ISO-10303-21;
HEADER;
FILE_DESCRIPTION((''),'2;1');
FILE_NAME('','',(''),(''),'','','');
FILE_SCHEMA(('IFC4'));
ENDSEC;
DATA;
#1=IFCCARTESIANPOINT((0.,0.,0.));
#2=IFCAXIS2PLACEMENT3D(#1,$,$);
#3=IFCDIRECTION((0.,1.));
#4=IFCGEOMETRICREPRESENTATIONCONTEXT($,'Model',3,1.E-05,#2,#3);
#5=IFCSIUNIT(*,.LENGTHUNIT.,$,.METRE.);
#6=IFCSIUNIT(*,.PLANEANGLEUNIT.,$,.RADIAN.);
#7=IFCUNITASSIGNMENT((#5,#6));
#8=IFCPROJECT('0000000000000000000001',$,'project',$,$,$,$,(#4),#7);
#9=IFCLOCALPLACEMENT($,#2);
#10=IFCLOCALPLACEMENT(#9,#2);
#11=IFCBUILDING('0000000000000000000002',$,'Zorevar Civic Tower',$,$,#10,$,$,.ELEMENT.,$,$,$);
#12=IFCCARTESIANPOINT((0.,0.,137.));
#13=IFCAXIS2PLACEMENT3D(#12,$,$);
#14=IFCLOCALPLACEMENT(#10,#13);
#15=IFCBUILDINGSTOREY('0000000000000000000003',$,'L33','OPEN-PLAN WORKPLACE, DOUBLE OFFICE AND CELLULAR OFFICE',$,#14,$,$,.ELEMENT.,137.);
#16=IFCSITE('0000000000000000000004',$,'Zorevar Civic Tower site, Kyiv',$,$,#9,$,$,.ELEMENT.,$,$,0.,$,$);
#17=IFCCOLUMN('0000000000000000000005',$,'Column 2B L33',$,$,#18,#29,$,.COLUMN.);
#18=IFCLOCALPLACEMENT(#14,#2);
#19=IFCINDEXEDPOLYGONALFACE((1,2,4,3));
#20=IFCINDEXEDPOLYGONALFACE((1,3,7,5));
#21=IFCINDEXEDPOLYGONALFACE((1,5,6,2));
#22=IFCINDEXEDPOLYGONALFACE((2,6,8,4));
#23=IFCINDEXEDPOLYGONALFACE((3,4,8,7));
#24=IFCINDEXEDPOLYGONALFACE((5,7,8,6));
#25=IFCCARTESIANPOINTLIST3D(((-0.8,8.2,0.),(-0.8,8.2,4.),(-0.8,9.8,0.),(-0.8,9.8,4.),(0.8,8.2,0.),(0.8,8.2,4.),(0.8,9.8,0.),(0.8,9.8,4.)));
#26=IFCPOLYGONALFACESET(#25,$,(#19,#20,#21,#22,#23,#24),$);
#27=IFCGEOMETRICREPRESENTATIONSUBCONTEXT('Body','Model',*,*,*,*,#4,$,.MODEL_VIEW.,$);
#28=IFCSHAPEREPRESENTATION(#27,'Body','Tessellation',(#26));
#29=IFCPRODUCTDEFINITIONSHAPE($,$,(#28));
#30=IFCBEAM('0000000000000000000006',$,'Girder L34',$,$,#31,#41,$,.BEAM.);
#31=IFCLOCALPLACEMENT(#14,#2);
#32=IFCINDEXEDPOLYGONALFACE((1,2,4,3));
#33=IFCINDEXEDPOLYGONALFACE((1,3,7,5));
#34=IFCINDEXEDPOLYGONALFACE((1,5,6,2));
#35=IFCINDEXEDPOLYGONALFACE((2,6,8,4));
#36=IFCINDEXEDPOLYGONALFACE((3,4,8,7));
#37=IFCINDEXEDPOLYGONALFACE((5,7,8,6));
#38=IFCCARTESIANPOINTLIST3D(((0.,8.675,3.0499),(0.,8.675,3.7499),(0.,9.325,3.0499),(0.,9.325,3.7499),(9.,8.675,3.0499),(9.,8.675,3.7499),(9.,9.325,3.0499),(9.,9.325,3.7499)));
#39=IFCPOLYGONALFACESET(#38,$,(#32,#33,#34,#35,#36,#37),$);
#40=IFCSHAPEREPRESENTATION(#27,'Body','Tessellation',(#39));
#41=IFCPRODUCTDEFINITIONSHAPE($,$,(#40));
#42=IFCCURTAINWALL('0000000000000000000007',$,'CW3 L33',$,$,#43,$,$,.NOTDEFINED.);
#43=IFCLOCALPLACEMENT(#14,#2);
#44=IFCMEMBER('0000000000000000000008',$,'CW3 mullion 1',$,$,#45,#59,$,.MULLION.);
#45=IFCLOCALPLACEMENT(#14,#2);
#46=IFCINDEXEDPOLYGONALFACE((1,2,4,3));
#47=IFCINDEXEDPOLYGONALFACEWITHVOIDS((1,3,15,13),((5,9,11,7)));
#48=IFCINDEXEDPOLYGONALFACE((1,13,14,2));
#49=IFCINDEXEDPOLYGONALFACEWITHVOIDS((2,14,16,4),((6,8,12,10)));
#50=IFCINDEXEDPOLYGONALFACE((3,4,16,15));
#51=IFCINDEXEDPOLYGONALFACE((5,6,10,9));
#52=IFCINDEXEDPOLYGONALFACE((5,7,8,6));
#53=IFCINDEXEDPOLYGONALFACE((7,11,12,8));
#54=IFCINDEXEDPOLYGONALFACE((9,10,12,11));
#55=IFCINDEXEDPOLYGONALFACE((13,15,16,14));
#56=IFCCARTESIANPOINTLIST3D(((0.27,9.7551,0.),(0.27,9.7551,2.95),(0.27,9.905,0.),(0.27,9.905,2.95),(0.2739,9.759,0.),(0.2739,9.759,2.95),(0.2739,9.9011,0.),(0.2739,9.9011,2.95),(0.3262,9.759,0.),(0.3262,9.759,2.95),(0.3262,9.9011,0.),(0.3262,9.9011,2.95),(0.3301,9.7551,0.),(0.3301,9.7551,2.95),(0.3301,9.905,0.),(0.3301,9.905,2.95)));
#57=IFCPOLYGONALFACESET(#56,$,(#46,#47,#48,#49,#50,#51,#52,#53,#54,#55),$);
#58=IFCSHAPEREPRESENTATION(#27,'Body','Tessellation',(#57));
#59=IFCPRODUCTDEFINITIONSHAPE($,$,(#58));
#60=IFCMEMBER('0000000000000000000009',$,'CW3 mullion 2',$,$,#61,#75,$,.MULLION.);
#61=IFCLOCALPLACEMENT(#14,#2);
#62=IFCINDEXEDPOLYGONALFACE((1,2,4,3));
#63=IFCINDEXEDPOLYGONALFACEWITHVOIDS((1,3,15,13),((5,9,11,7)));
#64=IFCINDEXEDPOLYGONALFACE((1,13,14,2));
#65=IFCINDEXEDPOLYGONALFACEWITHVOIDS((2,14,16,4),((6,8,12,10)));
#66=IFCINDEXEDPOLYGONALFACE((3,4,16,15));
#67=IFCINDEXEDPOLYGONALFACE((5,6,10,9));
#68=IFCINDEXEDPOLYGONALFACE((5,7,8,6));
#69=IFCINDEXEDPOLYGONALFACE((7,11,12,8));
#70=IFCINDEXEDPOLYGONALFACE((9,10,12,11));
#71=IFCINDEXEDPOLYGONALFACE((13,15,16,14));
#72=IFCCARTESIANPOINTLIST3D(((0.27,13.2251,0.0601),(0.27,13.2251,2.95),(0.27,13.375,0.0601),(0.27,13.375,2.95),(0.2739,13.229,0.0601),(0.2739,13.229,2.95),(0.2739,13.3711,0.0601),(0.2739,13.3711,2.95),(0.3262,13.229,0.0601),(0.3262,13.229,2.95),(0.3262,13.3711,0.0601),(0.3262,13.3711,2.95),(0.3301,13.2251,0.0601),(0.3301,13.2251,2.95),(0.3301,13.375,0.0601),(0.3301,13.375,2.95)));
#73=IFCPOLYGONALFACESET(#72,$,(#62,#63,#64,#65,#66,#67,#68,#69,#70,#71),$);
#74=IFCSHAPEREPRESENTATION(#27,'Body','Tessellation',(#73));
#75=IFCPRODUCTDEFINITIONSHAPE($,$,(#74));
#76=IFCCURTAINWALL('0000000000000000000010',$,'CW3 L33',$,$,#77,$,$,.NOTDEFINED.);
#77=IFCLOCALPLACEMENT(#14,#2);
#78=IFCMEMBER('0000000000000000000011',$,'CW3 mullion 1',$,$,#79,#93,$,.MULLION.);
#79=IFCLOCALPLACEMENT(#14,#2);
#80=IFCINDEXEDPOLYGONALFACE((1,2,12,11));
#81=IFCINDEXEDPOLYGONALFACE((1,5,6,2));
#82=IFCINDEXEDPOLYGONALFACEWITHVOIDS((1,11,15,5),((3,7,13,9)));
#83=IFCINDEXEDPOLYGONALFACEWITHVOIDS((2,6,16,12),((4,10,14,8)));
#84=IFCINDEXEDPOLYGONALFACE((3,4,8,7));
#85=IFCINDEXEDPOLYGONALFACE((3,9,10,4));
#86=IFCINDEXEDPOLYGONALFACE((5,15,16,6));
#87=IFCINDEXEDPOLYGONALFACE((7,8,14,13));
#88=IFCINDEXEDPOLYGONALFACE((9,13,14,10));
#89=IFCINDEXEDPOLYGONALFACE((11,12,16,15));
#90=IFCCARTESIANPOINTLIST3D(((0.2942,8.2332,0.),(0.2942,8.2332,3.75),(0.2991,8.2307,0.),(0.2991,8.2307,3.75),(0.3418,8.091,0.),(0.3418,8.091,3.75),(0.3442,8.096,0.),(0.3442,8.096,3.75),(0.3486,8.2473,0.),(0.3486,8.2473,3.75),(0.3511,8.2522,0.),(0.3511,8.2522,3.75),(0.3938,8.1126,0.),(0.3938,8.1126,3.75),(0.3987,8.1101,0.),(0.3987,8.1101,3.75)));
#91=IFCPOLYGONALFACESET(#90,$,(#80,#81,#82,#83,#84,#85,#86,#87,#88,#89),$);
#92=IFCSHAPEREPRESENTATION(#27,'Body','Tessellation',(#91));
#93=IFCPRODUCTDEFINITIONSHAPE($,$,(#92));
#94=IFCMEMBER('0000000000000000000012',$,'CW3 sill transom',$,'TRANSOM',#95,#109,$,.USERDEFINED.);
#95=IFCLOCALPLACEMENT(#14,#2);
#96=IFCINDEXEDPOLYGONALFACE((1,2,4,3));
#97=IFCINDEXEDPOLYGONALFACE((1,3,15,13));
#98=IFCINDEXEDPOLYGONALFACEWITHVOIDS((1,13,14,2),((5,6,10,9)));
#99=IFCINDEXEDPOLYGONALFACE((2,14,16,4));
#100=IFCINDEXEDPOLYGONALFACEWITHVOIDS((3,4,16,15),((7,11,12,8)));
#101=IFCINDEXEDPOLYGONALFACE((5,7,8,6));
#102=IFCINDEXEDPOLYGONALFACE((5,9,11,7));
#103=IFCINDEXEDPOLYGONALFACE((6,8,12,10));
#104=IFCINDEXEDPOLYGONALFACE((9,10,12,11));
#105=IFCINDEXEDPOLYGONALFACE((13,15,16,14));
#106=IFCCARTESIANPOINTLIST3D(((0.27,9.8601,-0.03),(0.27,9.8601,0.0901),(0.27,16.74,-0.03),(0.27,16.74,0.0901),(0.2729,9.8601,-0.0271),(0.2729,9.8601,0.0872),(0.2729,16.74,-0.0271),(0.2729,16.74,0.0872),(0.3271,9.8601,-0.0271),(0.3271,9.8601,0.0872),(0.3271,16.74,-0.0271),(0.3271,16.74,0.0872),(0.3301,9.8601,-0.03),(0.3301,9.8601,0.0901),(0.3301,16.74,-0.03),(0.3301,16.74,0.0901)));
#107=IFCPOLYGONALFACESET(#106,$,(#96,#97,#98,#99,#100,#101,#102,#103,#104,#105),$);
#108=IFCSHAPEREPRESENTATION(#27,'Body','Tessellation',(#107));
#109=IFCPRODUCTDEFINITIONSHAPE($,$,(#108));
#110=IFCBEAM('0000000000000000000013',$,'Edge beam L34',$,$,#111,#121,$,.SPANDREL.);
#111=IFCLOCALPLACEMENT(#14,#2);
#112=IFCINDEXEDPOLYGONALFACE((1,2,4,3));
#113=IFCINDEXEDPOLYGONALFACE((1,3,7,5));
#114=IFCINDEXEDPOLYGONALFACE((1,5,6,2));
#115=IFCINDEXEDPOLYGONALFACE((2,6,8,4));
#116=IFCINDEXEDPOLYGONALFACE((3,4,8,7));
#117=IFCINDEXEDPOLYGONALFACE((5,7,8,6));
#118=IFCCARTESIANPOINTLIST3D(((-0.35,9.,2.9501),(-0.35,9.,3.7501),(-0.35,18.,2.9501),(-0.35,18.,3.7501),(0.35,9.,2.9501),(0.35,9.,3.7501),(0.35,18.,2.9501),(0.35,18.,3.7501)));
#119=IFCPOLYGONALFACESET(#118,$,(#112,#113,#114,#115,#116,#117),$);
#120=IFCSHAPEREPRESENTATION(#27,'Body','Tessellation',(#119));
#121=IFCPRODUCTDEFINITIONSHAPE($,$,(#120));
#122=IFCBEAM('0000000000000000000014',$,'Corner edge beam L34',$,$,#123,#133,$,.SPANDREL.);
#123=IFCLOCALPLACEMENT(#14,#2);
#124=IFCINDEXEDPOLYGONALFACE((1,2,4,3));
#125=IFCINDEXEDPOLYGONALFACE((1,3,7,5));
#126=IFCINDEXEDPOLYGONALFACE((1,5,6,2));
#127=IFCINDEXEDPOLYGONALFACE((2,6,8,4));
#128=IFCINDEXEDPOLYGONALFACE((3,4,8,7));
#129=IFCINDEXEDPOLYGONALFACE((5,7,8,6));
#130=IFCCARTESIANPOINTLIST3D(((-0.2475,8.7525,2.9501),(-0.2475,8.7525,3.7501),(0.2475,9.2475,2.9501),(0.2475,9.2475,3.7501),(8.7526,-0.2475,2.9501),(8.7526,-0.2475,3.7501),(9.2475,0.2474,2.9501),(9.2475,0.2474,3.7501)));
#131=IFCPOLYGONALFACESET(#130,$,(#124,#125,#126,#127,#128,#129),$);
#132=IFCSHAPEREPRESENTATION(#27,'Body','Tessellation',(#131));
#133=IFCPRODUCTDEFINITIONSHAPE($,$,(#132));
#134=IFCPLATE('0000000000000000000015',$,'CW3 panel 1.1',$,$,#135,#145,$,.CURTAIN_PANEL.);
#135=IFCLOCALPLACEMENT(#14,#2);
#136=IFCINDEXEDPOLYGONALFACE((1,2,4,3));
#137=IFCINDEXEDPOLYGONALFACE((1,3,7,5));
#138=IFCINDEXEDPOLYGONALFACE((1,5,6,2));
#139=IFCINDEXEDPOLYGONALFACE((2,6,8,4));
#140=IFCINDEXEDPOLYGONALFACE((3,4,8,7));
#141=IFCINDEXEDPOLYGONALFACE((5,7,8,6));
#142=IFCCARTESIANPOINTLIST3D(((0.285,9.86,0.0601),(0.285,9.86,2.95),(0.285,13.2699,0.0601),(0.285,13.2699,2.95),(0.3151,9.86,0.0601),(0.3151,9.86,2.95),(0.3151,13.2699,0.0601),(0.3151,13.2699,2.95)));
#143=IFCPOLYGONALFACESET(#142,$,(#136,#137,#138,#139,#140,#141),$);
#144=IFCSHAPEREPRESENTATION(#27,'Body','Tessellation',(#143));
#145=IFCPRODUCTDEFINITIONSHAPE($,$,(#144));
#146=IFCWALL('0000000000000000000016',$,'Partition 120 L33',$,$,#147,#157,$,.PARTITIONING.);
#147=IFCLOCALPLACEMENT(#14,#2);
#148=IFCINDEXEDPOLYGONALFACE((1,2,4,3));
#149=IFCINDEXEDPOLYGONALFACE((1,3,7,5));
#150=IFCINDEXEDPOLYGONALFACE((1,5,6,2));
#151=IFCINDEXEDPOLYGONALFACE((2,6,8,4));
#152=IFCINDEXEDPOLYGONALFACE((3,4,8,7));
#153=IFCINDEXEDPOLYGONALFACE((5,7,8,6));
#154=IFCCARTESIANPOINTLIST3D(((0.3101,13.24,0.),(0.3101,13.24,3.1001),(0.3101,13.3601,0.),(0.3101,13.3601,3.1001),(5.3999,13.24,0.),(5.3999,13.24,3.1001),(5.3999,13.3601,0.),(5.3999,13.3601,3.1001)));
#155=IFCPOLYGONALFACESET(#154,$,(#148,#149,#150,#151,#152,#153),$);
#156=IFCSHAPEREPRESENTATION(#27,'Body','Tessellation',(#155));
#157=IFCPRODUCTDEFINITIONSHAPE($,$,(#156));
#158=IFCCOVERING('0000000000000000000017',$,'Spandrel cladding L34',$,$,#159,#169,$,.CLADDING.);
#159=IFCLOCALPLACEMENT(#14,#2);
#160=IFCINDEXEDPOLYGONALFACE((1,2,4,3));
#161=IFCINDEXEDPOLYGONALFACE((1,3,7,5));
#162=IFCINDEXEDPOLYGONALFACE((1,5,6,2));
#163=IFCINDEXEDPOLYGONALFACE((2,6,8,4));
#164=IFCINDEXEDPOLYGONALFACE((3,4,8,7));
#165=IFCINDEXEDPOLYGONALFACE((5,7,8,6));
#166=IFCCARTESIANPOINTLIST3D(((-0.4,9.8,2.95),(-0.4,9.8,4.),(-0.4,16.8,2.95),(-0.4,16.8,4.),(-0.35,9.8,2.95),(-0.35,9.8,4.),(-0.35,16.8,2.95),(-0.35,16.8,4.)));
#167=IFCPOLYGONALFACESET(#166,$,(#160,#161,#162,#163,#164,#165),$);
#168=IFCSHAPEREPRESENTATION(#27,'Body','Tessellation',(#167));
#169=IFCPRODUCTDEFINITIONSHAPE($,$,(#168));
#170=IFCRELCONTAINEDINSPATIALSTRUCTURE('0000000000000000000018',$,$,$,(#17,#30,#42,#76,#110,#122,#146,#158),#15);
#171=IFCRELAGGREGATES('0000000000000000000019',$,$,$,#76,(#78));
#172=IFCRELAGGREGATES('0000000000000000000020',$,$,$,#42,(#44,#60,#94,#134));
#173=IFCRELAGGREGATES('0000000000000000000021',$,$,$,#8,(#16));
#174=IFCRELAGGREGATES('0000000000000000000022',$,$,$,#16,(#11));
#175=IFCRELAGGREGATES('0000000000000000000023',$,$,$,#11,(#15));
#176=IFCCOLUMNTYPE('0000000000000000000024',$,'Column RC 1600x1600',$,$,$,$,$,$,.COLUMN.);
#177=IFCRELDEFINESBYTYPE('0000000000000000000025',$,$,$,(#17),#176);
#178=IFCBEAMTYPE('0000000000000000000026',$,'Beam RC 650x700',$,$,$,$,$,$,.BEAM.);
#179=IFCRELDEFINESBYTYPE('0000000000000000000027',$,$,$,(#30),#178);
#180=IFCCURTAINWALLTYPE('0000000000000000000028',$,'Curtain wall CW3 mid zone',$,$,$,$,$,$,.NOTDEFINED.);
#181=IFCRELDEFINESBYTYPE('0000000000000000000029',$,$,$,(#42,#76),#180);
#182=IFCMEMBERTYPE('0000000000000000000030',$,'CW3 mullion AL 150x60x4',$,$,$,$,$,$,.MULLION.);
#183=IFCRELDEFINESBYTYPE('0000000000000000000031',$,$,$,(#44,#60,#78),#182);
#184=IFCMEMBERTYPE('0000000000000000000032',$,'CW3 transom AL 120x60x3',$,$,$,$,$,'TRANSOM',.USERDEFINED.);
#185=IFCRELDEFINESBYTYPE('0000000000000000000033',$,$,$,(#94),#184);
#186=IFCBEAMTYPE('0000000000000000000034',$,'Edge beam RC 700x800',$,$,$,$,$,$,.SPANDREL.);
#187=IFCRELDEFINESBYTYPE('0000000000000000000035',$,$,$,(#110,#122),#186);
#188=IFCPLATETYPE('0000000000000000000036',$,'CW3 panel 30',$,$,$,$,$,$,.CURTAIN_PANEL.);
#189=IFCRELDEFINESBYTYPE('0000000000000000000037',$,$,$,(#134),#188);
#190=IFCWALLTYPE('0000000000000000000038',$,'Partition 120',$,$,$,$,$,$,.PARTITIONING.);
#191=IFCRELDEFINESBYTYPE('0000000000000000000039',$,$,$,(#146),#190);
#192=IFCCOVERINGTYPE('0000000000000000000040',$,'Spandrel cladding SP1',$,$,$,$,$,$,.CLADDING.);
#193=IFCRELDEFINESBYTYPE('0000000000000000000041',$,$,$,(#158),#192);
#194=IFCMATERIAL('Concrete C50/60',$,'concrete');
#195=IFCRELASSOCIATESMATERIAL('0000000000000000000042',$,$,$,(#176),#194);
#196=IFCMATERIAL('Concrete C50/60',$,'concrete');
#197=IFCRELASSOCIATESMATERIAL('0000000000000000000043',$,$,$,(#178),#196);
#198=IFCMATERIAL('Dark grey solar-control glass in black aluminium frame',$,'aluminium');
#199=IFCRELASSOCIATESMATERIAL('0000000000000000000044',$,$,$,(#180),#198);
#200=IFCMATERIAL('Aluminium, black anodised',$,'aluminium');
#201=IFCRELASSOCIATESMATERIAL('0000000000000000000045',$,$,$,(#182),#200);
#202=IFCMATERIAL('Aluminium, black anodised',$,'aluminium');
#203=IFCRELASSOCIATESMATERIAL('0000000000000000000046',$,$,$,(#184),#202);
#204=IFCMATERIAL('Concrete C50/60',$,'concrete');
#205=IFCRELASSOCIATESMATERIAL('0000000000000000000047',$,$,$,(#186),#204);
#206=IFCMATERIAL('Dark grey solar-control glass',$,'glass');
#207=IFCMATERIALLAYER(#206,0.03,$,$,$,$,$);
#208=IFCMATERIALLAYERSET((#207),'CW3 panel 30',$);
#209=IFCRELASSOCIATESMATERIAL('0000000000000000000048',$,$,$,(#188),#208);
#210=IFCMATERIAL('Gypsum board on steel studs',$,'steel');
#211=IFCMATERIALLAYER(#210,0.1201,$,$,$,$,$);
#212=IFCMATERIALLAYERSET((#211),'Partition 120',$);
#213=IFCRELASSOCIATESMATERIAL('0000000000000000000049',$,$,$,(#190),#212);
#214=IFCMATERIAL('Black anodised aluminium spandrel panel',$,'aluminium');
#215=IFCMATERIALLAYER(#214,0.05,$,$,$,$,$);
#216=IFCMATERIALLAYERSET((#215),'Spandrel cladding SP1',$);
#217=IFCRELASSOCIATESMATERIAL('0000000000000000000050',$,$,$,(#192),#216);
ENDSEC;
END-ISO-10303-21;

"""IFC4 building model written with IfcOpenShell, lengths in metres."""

from ifc_helpers import new_model, si_unit, direction, frame, frame_2d, origin, origin_2d, place, context, subcontext, project, spatial, rectangle, hollow_rectangle, extrude, material, layer, layer_set, material_profile, profile_set, type_object, element, aggregate, save


model = new_model("IFC4")

# Units and contexts
model_context = context("Model", 3, precision=1e-05, world=origin(), true_north=direction((0.0, 1.0)))
body_context = subcontext(model_context, "Body", "Model", "MODEL_VIEW")
ifc_project = project(units=[si_unit("LENGTHUNIT", "METRE"), si_unit("PLANEANGLEUNIT", "RADIAN")], contexts=[model_context])

# Site, building, storey
site_placement = place(None, origin())
site = spatial("IfcSite", under=ifc_project, at=site_placement, Name="Zorevar Civic Tower site, Kyiv", CompositionType="ELEMENT", RefElevation=0.0)
building_placement = place(site_placement, origin())
building = spatial("IfcBuilding", under=site, at=building_placement, Name="Zorevar Civic Tower", CompositionType="ELEMENT")
storey_placement = place(building_placement, frame((0.0, 0.0, 137.0)))
storey = spatial("IfcBuildingStorey", under=building, at=storey_placement, Name="L33", Description="OPEN-PLAN WORKPLACE, DOUBLE OFFICE AND CELLULAR OFFICE", CompositionType="ELEMENT", Elevation=137.0)

# Column
ifc_material_1 = material(Name="Concrete C50/60", Category="concrete")
ifc_material_profile_1 = material_profile(ifc_material_1, rectangle(XDim=1.6001, YDim=1.6001, at=origin_2d()), Name="RC 1600x1600")
ifc_profile_set_1 = profile_set([ifc_material_profile_1], Name="Concrete C50/60")
column_type = type_object("IfcColumnType", Name="Column RC 1600x1600", PredefinedType="COLUMN", material=ifc_profile_set_1)
column_placement = place(storey_placement, frame((0.0, 9.0, 0.0), z_axis=(0.0, 0.0, 1.0), x_axis=(1.0, 0.0, 0.0)))
element("IfcColumn", 1, at=column_placement, inside=storey, type_object=column_type, Name="Column 2B L33", PredefinedType="COLUMN", context=body_context, shape_type="SweptSolid", body=[
    extrude(rectangle(XDim=1.6001, YDim=1.6001, at=origin_2d()), origin(), (0.0, 0.0, 1.0), 4.0),
])

# Beam
ifc_material_2 = material(Name="Concrete C50/60", Category="concrete")
ifc_material_profile_2 = material_profile(ifc_material_2, rectangle(XDim=0.6499, YDim=0.7, at=origin_2d()), Name="RC 650x700")
ifc_profile_set_2 = profile_set([ifc_material_profile_2], Name="Concrete C50/60")
beam_type_1 = type_object("IfcBeamType", Name="Beam RC 650x700", PredefinedType="BEAM", material=ifc_profile_set_2)
beam_1_placement = place(storey_placement, frame((0.0, 9.0, 3.3999), z_axis=(1.0, 0.0, 0.0), x_axis=(0.0, 1.0, 0.0)))
element("IfcBeam", 2, at=beam_1_placement, inside=storey, type_object=beam_type_1, Name="Girder L34", PredefinedType="BEAM", context=body_context, shape_type="SweptSolid", body=[
    extrude(rectangle(XDim=0.6499, YDim=0.7, at=origin_2d()), origin(), (0.0, 0.0, 1.0), 9.0),
])

# Curtain wall, members
ifc_material_3 = material(Name="Dark grey solar-control glass in black aluminium frame", Category="aluminium")
curtain_wall_type = type_object("IfcCurtainWallType", Name="Curtain wall CW3 mid zone", PredefinedType="NOTDEFINED", material=ifc_material_3)
curtain_wall_1_placement = place(storey_placement, origin())
curtain_wall_1 = element("IfcCurtainWall", 3, at=curtain_wall_1_placement, inside=storey, type_object=curtain_wall_type, Name="CW3 L33", PredefinedType="NOTDEFINED")
ifc_material_4 = material(Name="Aluminium, black anodised", Category="aluminium")
ifc_material_profile_3 = material_profile(ifc_material_4, hollow_rectangle(XDim=0.0601, YDim=0.1499, WallThickness=0.0039, at=origin_2d()), Name="AL 150x60x4")
ifc_profile_set_3 = profile_set([ifc_material_profile_3], Name="Aluminium, black anodised")
member_type_1 = type_object("IfcMemberType", Name="CW3 mullion AL 150x60x4", PredefinedType="MULLION", material=ifc_profile_set_3)
member_1_placement = place(storey_placement, frame((0.3, 9.8301, 0.0), z_axis=(0.0, 0.0, 1.0), x_axis=(-1.0, 0.0, 0.0)))
member_1 = element("IfcMember", 4, at=member_1_placement, type_object=member_type_1, Name="CW3 mullion 1", PredefinedType="MULLION", context=body_context, shape_type="SweptSolid", body=[
    extrude(hollow_rectangle(XDim=0.0601, YDim=0.1499, WallThickness=0.0039, at=origin_2d()), origin(), (0.0, 0.0, 1.0), 2.95),
])
member_2_placement = place(storey_placement, frame((0.3, 13.3, 0.0601), z_axis=(0.0, 0.0, 1.0), x_axis=(-1.0, 0.0, 0.0)))
member_2 = element("IfcMember", 5, at=member_2_placement, type_object=member_type_1, Name="CW3 mullion 2", PredefinedType="MULLION", context=body_context, shape_type="SweptSolid", body=[
    extrude(hollow_rectangle(XDim=0.0601, YDim=0.1499, WallThickness=0.0039, at=origin_2d()), origin(), (0.0, 0.0, 1.0), 2.8899),
])

# Curtain wall, member
curtain_wall_2_placement = place(storey_placement, origin())
curtain_wall_2 = element("IfcCurtainWall", 6, at=curtain_wall_2_placement, inside=storey, type_object=curtain_wall_type, Name="CW3 L33", PredefinedType="NOTDEFINED")
member_3_placement = place(storey_placement, frame((0.3464, 8.1716, 0.0), z_axis=(0.0, 0.0, 1.0), x_axis=(0.948227, 0.317593, 0.0)))
member_3 = element("IfcMember", 7, at=member_3_placement, type_object=member_type_1, Name="CW3 mullion 1", PredefinedType="MULLION", context=body_context, shape_type="SweptSolid", body=[
    extrude(hollow_rectangle(XDim=0.0601, YDim=0.1499, WallThickness=0.0039, at=origin_2d()), origin(), (0.0, 0.0, 1.0), 3.75),
])
aggregate(curtain_wall_2, [member_3])

# Member
ifc_material_5 = material(Name="Aluminium, black anodised", Category="aluminium")
ifc_material_profile_4 = material_profile(ifc_material_5, hollow_rectangle(XDim=0.0601, YDim=0.1201, WallThickness=0.0029, at=origin_2d()), Name="AL 120x60x3")
ifc_profile_set_4 = profile_set([ifc_material_profile_4], Name="Aluminium, black anodised")
member_type_2 = type_object("IfcMemberType", Name="CW3 transom AL 120x60x3", ElementType="TRANSOM", PredefinedType="USERDEFINED", material=ifc_profile_set_4)
member_4_placement = place(storey_placement, frame((0.3, 9.8601, 0.03), z_axis=(0.0, 1.0, 0.0), x_axis=(-1.0, 0.0, 0.0)))
member_4 = element("IfcMember", 8, at=member_4_placement, type_object=member_type_2, Name="CW3 sill transom", ObjectType="TRANSOM", PredefinedType="USERDEFINED", context=body_context, shape_type="SweptSolid", body=[
    extrude(hollow_rectangle(XDim=0.0601, YDim=0.1201, WallThickness=0.0029, at=origin_2d()), origin(), (0.0, 0.0, 1.0), 6.8799),
])

# Beams
ifc_material_6 = material(Name="Concrete C50/60", Category="concrete")
ifc_material_profile_5 = material_profile(ifc_material_6, rectangle(XDim=0.7, YDim=0.8, at=origin_2d()), Name="RC 700x800")
ifc_profile_set_5 = profile_set([ifc_material_profile_5], Name="Concrete C50/60")
beam_type_2 = type_object("IfcBeamType", Name="Edge beam RC 700x800", PredefinedType="SPANDREL", material=ifc_profile_set_5)
beam_2_placement = place(storey_placement, frame((0.0, 9.0, 3.3501), z_axis=(0.0, 1.0, 0.0), x_axis=(-1.0, 0.0, 0.0)))
element("IfcBeam", 9, at=beam_2_placement, inside=storey, type_object=beam_type_2, Name="Edge beam L34", PredefinedType="SPANDREL", context=body_context, shape_type="SweptSolid", body=[
    extrude(rectangle(XDim=0.7, YDim=0.8, at=origin_2d()), origin(), (0.0, 0.0, 1.0), 9.0),
])
beam_3_placement = place(storey_placement, frame((0.0, 9.0, 3.3501), z_axis=(0.707107, -0.707107, 0.0), x_axis=(0.707107, 0.707107, 0.0)))
element("IfcBeam", 10, at=beam_3_placement, inside=storey, type_object=beam_type_2, Name="Corner edge beam L34", PredefinedType="SPANDREL", context=body_context, shape_type="SweptSolid", body=[
    extrude(rectangle(XDim=0.7, YDim=0.8, at=origin_2d()), origin(), (0.0, 0.0, 1.0), 12.728),
])

# Plate
ifc_material_7 = material(Name="Dark grey solar-control glass", Category="glass")
ifc_layer_1 = layer(ifc_material_7, 0.03)
ifc_layer_set_1 = layer_set([ifc_layer_1], Name="CW3 panel 30")
plate_type = type_object("IfcPlateType", Name="CW3 panel 30", PredefinedType="CURTAIN_PANEL", material=ifc_layer_set_1)
plate_placement = place(storey_placement, frame((0.3, 11.5649, 0.0601), z_axis=(0.0, 0.0, 1.0), x_axis=(0.0, 1.0, 0.0)))
plate = element("IfcPlate", 11, at=plate_placement, type_object=plate_type, Name="CW3 panel 1.1", PredefinedType="CURTAIN_PANEL", context=body_context, shape_type="SweptSolid", body=[
    extrude(rectangle(XDim=3.4099, YDim=0.03, at=origin_2d()), origin(), (0.0, 0.0, 1.0), 2.8899),
])
aggregate(curtain_wall_1, [member_1, member_2, member_4, plate])

# Wall
ifc_material_8 = material(Name="Gypsum board on steel studs", Category="steel")
ifc_layer_2 = layer(ifc_material_8, 0.1201)
ifc_layer_set_2 = layer_set([ifc_layer_2], Name="Partition 120")
wall_type = type_object("IfcWallType", Name="Partition 120", PredefinedType="PARTITIONING", material=ifc_layer_set_2)
wall_placement = place(storey_placement, frame((0.3101, 13.3, 0.0), z_axis=(0.0, 0.0, 1.0), x_axis=(1.0, 0.0, 0.0)))
element("IfcWall", 12, at=wall_placement, inside=storey, type_object=wall_type, Name="Partition 120 L33", PredefinedType="PARTITIONING", context=body_context, shape_type="SweptSolid", body=[
    extrude(rectangle(XDim=5.0898, YDim=0.1201, at=frame_2d((2.5449, 0.0))), origin(), (0.0, 0.0, 1.0), 3.1001),
])

# Covering
ifc_material_9 = material(Name="Black anodised aluminium spandrel panel", Category="aluminium")
ifc_layer_3 = layer(ifc_material_9, 0.05)
ifc_layer_set_3 = layer_set([ifc_layer_3], Name="Spandrel cladding SP1")
covering_type_1 = type_object("IfcCoveringType", Name="Spandrel cladding SP1", PredefinedType="CLADDING", material=ifc_layer_set_3)
covering_1_placement = place(storey_placement, frame((-0.375, 9.8, 2.95), z_axis=(0.0, 0.0, 1.0), x_axis=(0.0, 1.0, 0.0)))
element("IfcCovering", 13, at=covering_1_placement, inside=storey, type_object=covering_type_1, Name="Spandrel cladding L34", PredefinedType="CLADDING", context=body_context, shape_type="SweptSolid", body=[
    extrude(rectangle(XDim=7.0, YDim=0.05, at=frame_2d((3.5, 0.0))), origin(), (0.0, 0.0, 1.0), 1.05),
])

save(model, "model.ifc")
